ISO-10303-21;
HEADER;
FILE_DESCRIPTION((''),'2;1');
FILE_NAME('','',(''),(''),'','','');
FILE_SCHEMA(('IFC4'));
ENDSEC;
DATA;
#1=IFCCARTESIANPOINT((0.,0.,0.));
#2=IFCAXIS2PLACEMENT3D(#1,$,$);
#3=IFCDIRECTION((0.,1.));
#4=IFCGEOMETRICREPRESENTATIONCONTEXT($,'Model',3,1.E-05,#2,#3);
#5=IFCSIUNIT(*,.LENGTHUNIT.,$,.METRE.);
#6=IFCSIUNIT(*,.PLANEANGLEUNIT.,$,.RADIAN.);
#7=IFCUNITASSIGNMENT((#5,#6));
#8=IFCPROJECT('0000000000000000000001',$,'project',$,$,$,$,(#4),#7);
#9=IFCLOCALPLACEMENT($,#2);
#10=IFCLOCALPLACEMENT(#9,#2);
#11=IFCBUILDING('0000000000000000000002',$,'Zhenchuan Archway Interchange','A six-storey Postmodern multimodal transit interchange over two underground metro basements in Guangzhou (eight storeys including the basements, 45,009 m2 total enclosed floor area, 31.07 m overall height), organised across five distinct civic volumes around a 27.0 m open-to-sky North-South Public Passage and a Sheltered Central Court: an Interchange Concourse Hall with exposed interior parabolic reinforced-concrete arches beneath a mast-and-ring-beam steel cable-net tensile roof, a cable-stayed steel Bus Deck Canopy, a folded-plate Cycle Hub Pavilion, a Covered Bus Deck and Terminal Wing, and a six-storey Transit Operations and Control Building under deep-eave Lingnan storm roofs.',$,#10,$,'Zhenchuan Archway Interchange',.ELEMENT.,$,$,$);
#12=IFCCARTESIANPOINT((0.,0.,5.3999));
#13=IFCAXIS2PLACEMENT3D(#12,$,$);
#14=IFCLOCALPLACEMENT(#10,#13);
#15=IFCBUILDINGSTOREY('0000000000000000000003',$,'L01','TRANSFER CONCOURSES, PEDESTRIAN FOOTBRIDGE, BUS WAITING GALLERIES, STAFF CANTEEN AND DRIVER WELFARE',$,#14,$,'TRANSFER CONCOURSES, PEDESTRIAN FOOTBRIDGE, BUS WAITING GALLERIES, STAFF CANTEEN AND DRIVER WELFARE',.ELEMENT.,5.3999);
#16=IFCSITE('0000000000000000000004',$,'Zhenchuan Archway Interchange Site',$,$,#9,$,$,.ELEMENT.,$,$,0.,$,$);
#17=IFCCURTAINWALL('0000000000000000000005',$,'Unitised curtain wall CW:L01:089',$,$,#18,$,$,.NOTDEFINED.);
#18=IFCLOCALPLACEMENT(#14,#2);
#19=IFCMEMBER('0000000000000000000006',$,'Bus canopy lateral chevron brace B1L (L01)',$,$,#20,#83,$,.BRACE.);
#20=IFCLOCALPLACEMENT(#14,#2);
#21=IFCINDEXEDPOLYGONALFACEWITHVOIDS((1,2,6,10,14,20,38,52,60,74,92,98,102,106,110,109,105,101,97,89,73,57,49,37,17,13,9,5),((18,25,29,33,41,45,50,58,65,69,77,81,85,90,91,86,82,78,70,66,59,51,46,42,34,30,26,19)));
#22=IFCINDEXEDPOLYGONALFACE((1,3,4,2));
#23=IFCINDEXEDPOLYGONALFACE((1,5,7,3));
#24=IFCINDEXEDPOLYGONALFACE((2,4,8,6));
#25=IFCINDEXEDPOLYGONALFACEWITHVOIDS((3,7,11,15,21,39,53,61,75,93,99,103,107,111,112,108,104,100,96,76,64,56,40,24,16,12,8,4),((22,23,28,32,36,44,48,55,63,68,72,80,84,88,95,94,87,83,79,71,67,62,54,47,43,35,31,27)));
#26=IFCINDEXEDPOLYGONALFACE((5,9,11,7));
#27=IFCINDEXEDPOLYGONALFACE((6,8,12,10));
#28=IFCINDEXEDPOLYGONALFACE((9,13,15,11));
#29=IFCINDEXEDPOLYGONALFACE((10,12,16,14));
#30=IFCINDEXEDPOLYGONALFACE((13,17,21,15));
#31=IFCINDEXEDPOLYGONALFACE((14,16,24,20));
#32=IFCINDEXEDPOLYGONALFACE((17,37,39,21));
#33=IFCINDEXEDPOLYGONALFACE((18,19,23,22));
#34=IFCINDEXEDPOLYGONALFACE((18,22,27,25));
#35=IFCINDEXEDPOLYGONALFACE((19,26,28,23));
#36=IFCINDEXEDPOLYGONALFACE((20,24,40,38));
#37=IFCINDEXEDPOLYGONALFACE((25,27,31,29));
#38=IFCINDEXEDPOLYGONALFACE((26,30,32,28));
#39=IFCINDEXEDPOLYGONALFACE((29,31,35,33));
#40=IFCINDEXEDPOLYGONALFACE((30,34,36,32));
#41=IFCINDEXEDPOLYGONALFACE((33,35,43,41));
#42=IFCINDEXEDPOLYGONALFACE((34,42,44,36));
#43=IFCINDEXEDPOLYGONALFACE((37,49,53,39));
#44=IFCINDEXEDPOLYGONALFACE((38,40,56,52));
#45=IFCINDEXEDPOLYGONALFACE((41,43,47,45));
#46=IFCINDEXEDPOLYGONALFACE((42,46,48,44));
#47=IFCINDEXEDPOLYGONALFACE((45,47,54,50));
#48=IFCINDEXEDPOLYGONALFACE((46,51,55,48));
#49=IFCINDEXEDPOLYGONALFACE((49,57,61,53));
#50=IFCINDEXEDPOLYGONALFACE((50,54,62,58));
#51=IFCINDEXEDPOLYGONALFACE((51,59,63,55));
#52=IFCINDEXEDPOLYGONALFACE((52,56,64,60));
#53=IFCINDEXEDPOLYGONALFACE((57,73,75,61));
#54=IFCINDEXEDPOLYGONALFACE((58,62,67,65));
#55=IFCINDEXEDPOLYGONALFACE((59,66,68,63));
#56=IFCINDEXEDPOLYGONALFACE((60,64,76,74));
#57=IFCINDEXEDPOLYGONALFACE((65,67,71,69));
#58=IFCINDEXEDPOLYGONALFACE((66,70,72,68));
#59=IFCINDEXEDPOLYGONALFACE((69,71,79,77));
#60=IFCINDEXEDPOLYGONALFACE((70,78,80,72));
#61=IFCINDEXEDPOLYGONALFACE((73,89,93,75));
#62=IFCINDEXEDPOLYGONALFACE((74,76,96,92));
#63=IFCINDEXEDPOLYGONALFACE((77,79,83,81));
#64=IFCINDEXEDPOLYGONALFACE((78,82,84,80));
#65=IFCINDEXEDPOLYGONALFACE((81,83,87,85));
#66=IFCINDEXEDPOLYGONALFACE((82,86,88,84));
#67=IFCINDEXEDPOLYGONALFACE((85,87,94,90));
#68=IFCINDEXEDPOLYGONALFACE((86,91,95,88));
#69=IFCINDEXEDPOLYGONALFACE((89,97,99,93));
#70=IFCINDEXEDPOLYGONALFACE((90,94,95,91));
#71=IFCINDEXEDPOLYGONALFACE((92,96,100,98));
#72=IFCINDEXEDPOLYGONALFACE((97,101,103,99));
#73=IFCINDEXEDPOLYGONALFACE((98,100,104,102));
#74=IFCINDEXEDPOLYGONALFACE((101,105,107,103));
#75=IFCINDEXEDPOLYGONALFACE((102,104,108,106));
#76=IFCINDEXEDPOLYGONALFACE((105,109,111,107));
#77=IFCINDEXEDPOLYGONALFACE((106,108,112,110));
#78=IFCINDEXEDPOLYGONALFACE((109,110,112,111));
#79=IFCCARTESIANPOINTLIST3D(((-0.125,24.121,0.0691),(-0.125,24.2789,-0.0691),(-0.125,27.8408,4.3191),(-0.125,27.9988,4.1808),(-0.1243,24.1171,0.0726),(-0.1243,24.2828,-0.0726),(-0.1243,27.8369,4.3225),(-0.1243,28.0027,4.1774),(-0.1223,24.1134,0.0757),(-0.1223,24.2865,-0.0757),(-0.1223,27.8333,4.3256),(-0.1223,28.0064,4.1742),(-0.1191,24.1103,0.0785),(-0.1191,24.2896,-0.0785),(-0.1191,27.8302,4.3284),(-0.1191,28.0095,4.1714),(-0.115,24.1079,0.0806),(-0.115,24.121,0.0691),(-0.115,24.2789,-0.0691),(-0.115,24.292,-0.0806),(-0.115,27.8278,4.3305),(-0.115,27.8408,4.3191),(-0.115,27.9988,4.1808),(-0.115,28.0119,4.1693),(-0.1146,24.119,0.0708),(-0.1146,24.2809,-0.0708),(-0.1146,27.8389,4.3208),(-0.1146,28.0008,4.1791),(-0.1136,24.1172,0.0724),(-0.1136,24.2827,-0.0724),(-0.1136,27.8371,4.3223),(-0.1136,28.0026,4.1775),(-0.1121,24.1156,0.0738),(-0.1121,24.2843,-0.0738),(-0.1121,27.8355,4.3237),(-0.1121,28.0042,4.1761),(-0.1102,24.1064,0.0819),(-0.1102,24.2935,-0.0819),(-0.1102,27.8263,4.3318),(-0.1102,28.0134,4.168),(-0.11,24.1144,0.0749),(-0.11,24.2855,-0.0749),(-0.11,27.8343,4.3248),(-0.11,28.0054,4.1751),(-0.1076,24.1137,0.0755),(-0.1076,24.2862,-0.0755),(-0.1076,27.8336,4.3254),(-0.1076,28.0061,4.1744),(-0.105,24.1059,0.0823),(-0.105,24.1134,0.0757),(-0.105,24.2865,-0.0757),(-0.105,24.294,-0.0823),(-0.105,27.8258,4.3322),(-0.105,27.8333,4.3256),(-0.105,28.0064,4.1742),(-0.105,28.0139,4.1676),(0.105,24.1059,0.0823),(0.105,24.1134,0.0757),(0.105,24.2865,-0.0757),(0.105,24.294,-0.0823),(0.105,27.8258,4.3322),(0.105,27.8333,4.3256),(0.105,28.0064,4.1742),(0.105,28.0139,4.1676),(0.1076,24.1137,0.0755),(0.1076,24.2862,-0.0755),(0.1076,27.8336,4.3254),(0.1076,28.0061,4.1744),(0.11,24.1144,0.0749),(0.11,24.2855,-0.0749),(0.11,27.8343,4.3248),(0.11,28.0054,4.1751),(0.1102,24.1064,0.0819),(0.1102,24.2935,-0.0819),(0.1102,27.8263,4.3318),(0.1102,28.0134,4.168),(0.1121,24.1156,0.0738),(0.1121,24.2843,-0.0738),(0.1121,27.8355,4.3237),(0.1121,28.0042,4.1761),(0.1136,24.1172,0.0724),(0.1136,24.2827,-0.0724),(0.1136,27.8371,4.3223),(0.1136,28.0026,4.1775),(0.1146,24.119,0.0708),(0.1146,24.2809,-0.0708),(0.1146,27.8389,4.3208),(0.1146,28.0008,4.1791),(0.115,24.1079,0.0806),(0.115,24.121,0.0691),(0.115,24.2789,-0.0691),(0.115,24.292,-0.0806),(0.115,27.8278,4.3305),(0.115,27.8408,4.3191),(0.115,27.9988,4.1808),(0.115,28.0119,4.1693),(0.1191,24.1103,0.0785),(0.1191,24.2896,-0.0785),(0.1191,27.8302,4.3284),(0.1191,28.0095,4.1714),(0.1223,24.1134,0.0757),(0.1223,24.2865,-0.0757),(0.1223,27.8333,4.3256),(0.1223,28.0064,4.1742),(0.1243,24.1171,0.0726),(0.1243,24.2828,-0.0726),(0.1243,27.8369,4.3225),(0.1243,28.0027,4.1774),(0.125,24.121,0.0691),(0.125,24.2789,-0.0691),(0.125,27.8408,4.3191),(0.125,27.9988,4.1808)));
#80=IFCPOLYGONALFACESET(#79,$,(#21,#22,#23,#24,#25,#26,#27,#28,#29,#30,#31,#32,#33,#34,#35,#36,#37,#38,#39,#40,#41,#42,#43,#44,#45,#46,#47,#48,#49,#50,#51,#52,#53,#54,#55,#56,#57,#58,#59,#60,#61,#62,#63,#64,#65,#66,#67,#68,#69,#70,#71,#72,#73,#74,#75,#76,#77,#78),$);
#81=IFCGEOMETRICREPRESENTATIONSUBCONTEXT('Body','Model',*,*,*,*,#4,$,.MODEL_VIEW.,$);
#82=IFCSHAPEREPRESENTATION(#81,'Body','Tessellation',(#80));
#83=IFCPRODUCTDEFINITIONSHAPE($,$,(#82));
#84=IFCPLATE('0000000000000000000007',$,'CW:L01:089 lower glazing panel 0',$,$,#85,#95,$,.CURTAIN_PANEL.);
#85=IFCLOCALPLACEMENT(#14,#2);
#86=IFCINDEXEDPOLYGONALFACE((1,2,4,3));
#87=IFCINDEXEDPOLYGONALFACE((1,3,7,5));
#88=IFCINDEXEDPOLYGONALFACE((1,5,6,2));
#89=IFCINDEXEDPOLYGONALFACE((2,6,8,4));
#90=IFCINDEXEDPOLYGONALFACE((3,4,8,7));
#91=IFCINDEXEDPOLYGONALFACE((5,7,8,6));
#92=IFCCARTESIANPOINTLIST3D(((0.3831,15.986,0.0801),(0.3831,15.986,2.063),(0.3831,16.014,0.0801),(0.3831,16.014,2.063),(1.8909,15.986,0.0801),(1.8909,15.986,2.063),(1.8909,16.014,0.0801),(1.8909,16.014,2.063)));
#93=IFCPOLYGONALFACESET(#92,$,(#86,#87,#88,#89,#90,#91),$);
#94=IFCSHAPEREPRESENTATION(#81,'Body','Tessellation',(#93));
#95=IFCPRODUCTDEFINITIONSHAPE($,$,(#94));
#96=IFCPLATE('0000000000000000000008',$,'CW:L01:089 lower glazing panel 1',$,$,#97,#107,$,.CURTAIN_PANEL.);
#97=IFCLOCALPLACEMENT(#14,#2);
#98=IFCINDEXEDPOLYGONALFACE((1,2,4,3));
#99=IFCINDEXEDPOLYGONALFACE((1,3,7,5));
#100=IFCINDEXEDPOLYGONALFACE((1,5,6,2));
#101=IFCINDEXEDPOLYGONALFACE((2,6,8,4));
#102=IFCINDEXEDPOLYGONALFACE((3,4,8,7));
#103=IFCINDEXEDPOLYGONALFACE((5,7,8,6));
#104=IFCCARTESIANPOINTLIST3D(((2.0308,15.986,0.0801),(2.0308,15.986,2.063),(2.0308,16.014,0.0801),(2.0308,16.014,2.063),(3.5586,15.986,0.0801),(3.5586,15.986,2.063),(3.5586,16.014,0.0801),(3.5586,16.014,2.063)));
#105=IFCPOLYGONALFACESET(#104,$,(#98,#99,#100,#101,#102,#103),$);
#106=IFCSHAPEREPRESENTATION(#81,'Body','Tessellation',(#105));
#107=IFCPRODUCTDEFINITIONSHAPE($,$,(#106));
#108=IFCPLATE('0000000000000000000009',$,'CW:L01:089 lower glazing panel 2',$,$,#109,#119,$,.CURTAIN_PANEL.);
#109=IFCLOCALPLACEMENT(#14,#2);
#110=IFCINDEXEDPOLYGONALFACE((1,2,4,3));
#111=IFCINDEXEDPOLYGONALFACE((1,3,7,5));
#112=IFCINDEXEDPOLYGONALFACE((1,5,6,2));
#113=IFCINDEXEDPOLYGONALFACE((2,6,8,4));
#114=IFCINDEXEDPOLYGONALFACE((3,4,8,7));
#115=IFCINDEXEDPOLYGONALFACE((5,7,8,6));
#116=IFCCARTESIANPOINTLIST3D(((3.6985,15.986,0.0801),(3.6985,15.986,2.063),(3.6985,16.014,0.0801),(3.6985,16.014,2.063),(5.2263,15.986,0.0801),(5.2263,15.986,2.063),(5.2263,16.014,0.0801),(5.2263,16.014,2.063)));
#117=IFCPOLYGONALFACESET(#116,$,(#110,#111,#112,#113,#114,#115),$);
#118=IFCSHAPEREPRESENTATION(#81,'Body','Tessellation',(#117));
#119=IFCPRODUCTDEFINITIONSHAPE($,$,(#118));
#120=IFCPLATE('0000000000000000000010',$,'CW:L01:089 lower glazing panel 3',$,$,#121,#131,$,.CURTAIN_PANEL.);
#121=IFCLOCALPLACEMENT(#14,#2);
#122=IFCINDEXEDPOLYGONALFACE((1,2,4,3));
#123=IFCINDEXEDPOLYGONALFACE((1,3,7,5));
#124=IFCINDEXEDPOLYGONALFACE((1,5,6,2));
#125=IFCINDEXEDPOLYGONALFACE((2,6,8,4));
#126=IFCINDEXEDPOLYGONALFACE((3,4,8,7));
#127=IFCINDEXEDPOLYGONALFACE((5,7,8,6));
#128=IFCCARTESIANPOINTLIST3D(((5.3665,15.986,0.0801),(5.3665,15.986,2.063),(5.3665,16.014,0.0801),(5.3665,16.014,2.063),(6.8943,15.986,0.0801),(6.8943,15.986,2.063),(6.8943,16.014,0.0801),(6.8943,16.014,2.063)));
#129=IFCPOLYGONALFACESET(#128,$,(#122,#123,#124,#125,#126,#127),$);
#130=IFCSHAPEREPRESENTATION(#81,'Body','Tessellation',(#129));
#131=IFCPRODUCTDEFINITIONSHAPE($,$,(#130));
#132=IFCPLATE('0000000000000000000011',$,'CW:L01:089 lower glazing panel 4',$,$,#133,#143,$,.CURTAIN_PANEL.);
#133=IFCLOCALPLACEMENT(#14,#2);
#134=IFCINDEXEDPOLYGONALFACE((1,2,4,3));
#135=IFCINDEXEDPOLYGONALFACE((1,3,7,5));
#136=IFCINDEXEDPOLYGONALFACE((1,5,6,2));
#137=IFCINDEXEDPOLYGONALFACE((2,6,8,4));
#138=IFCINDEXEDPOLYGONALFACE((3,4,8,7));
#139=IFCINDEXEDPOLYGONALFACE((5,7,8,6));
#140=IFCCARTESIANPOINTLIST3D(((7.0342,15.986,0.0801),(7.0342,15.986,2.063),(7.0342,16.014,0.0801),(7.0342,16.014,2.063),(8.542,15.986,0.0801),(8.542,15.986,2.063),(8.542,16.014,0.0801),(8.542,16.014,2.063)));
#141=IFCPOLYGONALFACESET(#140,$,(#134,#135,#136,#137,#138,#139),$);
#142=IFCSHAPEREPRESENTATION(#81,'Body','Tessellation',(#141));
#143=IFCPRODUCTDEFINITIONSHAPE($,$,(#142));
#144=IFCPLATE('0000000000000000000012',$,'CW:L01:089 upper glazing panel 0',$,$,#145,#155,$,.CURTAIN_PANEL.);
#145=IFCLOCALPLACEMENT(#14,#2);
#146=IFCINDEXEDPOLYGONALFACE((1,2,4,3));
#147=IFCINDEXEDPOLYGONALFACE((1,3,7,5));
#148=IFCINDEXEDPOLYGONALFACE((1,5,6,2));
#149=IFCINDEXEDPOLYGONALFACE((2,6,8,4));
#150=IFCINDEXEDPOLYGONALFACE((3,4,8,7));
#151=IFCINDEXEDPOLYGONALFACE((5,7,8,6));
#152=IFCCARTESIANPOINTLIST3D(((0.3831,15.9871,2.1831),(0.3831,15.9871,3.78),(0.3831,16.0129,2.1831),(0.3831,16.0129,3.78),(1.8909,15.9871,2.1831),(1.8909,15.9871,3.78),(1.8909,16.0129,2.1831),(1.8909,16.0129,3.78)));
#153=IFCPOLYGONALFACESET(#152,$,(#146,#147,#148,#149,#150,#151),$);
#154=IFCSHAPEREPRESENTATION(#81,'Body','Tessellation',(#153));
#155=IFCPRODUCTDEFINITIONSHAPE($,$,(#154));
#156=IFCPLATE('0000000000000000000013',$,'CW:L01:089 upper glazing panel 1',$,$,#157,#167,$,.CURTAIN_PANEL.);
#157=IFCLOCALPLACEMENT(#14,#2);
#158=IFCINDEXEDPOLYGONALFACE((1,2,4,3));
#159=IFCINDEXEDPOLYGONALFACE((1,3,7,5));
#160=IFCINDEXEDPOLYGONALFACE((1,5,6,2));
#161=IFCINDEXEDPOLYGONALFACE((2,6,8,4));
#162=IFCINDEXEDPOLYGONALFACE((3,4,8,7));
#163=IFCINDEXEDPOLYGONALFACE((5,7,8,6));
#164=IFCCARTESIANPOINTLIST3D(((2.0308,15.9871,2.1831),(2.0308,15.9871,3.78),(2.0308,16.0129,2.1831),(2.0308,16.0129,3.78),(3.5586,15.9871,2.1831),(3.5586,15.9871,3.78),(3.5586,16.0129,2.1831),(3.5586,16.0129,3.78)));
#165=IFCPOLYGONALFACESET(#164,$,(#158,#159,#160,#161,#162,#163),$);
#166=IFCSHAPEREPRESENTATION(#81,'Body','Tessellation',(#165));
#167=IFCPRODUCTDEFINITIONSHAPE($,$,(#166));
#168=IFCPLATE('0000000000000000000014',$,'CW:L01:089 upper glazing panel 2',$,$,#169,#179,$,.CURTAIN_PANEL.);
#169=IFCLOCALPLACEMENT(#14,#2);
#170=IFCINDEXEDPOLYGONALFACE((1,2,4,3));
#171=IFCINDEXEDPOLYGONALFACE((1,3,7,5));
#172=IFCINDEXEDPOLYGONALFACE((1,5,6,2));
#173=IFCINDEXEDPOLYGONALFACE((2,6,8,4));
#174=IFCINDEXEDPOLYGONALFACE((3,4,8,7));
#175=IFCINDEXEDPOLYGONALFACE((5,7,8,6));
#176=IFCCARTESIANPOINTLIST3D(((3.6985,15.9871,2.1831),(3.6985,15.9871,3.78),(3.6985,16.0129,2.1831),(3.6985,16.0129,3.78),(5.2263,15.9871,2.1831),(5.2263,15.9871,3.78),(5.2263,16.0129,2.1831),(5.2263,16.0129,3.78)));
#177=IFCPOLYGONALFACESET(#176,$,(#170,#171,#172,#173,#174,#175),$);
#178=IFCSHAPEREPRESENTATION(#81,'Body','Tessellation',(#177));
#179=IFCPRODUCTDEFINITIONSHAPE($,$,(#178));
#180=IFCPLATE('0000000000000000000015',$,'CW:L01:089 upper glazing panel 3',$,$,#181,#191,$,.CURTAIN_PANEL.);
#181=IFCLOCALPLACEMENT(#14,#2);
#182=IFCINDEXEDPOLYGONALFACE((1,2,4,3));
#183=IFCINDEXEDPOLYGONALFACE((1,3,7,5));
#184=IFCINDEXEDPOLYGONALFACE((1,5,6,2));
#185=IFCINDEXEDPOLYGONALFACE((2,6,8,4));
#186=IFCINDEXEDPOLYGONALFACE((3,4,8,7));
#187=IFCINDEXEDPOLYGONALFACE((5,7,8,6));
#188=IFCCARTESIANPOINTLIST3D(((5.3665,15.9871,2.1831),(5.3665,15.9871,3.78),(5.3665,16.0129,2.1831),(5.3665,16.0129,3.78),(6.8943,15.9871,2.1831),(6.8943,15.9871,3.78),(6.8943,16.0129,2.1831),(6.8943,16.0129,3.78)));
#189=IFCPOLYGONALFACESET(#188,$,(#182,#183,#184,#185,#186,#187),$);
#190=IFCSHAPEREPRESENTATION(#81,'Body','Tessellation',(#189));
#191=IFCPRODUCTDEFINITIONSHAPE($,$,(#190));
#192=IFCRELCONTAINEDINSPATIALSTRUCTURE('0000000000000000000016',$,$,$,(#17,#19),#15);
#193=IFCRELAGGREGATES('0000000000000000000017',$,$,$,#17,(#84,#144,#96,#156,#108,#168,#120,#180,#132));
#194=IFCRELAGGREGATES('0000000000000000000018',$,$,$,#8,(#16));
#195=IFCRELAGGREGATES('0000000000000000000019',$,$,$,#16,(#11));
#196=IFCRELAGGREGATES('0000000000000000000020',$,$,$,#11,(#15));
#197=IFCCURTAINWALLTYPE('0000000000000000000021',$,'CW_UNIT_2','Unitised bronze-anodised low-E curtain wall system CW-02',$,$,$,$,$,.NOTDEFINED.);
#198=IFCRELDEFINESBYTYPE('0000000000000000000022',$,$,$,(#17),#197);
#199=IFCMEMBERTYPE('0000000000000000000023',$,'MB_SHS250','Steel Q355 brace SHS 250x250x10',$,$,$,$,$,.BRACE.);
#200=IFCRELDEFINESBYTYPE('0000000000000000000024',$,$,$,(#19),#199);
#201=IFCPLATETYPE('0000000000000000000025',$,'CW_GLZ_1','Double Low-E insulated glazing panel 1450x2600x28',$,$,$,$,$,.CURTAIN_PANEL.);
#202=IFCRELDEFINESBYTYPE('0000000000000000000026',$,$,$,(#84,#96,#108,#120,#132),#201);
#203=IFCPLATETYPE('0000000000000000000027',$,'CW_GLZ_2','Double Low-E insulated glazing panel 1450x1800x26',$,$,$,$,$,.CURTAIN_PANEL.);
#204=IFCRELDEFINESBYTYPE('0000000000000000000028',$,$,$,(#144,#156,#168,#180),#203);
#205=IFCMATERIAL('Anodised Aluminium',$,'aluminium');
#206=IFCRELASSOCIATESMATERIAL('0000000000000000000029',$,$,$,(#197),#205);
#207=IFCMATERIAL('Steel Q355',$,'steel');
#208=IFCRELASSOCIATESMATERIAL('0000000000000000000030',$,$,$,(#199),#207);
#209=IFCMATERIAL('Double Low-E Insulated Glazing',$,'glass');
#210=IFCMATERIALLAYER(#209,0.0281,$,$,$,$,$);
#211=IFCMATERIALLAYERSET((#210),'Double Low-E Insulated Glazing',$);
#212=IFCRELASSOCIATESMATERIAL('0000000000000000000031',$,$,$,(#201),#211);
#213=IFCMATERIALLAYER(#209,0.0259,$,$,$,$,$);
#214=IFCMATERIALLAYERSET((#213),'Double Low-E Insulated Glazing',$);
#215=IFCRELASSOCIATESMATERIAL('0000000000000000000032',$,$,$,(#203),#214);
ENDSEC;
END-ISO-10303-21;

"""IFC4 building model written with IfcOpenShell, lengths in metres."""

from ifc_helpers import new_model, si_unit, direction, frame, origin, origin_2d, place, context, subcontext, project, spatial, rectangle, hollow_rectangle, extrude, material, layer, layer_set, material_profile, profile_set, type_object, element, aggregate, save


model = new_model("IFC4")

# Units and contexts
model_context = context("Model", 3, precision=1e-05, world=origin(), true_north=direction((0.0, 1.0)))
body_context = subcontext(model_context, "Body", "Model", "MODEL_VIEW")
ifc_project = project(units=[si_unit("LENGTHUNIT", "METRE"), si_unit("PLANEANGLEUNIT", "RADIAN")], contexts=[model_context])

# Site, building, storey
site_placement = place(None, origin())
site = spatial("IfcSite", under=ifc_project, at=site_placement, Name="Zhenchuan Archway Interchange Site", CompositionType="ELEMENT", RefElevation=0.0)
building_placement = place(site_placement, origin())
building = spatial("IfcBuilding", under=site, at=building_placement, Name="Zhenchuan Archway Interchange", Description="A six-storey Postmodern multimodal transit interchange over two underground metro basements in Guangzhou (eight storeys including the basements, 45,009 m2 total enclosed floor area, 31.07 m overall height), organised across five distinct civic volumes around a 27.0 m open-to-sky North-South Public Passage and a Sheltered Central Court: an Interchange Concourse Hall with exposed interior parabolic reinforced-concrete arches beneath a mast-and-ring-beam steel cable-net tensile roof, a cable-stayed steel Bus Deck Canopy, a folded-plate Cycle Hub Pavilion, a Covered Bus Deck and Terminal Wing, and a six-storey Transit Operations and Control Building under deep-eave Lingnan storm roofs.", LongName="Zhenchuan Archway Interchange", CompositionType="ELEMENT")
storey_placement = place(building_placement, frame((0.0, 0.0, 5.3999)))
storey = spatial("IfcBuildingStorey", under=building, at=storey_placement, Name="L01", Description="TRANSFER CONCOURSES, PEDESTRIAN FOOTBRIDGE, BUS WAITING GALLERIES, STAFF CANTEEN AND DRIVER WELFARE", LongName="TRANSFER CONCOURSES, PEDESTRIAN FOOTBRIDGE, BUS WAITING GALLERIES, STAFF CANTEEN AND DRIVER WELFARE", CompositionType="ELEMENT", Elevation=5.3999)

# Curtain wall
ifc_material_1 = material(Name="Anodised Aluminium", Category="aluminium")
curtain_wall_type = type_object("IfcCurtainWallType", Name="CW_UNIT_2", Description="Unitised bronze-anodised low-E curtain wall system CW-02", PredefinedType="NOTDEFINED", material=ifc_material_1)
curtain_wall_placement = place(storey_placement, origin())
curtain_wall = element("IfcCurtainWall", 1, at=curtain_wall_placement, inside=storey, type_object=curtain_wall_type, Name="Unitised curtain wall CW:L01:089", PredefinedType="NOTDEFINED")

# Member
ifc_material_2 = material(Name="Steel Q355", Category="steel")
ifc_material_profile_1 = material_profile(ifc_material_2, hollow_rectangle(XDim=0.25, YDim=0.25, WallThickness=0.01, InnerFilletRadius=0.01, OuterFilletRadius=0.02, at=origin_2d()), Name="SHS 250x250x10")
ifc_profile_set_1 = profile_set([ifc_material_profile_1], Name="Steel Q355")
member_type_1 = type_object("IfcMemberType", Name="MB_SHS250", Description="Steel Q355 brace SHS 250x250x10", PredefinedType="BRACE", material=ifc_profile_set_1)
member_1_placement = place(storey_placement, frame((0.0, 24.2, 0.0), z_axis=(0.0, 0.658627, 0.75247), x_axis=(-1.0, 0.0, 0.0)))
element("IfcMember", 2, at=member_1_placement, inside=storey, type_object=member_type_1, Name="Bus canopy lateral chevron brace B1L (L01)", PredefinedType="BRACE", context=body_context, shape_type="SweptSolid", body=[
    extrude(hollow_rectangle(XDim=0.25, YDim=0.25, WallThickness=0.01, InnerFilletRadius=0.01, OuterFilletRadius=0.02, at=origin_2d()), origin(), (0.0, 0.0, 1.0), 5.6479),
])

# Plates
ifc_material_3 = material(Name="Double Low-E Insulated Glazing", Category="glass")
ifc_layer_1 = layer(ifc_material_3, 0.0281)
ifc_layer_set_1 = layer_set([ifc_layer_1], Name="Double Low-E Insulated Glazing")
plate_type_1 = type_object("IfcPlateType", Name="CW_GLZ_1", Description="Double Low-E insulated glazing panel 1450x2600x28", PredefinedType="CURTAIN_PANEL", material=ifc_layer_set_1)
plate_1_placement = place(storey_placement, frame((1.137, 16.0, 0.0801), z_axis=(0.0, 0.0, 1.0), x_axis=(1.0, 0.0, 0.0)))
plate_1 = element("IfcPlate", 3, at=plate_1_placement, type_object=plate_type_1, Name="CW:L01:089 lower glazing panel 0", PredefinedType="CURTAIN_PANEL", context=body_context, shape_type="SweptSolid", body=[
    extrude(rectangle(XDim=1.5078, YDim=0.0281, at=origin_2d()), origin(), (0.0, 0.0, 1.0), 1.9829),
])
plate_2_placement = place(storey_placement, frame((2.7947, 16.0, 0.0801), z_axis=(0.0, 0.0, 1.0), x_axis=(1.0, 0.0, 0.0)))
plate_2 = element("IfcPlate", 4, at=plate_2_placement, type_object=plate_type_1, Name="CW:L01:089 lower glazing panel 1", PredefinedType="CURTAIN_PANEL", context=body_context, shape_type="SweptSolid", body=[
    extrude(rectangle(XDim=1.5278, YDim=0.0281, at=origin_2d()), origin(), (0.0, 0.0, 1.0), 1.9829),
])
plate_3_placement = place(storey_placement, frame((4.4624, 16.0, 0.0801), z_axis=(0.0, 0.0, 1.0), x_axis=(1.0, 0.0, 0.0)))
plate_3 = element("IfcPlate", 5, at=plate_3_placement, type_object=plate_type_1, Name="CW:L01:089 lower glazing panel 2", PredefinedType="CURTAIN_PANEL", context=body_context, shape_type="SweptSolid", body=[
    extrude(rectangle(XDim=1.5278, YDim=0.0281, at=origin_2d()), origin(), (0.0, 0.0, 1.0), 1.9829),
])
plate_4_placement = place(storey_placement, frame((6.1304, 16.0, 0.0801), z_axis=(0.0, 0.0, 1.0), x_axis=(1.0, 0.0, 0.0)))
plate_4 = element("IfcPlate", 6, at=plate_4_placement, type_object=plate_type_1, Name="CW:L01:089 lower glazing panel 3", PredefinedType="CURTAIN_PANEL", context=body_context, shape_type="SweptSolid", body=[
    extrude(rectangle(XDim=1.5278, YDim=0.0281, at=origin_2d()), origin(), (0.0, 0.0, 1.0), 1.9829),
])
plate_5_placement = place(storey_placement, frame((7.7881, 16.0, 0.0801), z_axis=(0.0, 0.0, 1.0), x_axis=(1.0, 0.0, 0.0)))
plate_5 = element("IfcPlate", 7, at=plate_5_placement, type_object=plate_type_1, Name="CW:L01:089 lower glazing panel 4", PredefinedType="CURTAIN_PANEL", context=body_context, shape_type="SweptSolid", body=[
    extrude(rectangle(XDim=1.5078, YDim=0.0281, at=origin_2d()), origin(), (0.0, 0.0, 1.0), 1.9829),
])
ifc_layer_2 = layer(ifc_material_3, 0.0259)
ifc_layer_set_2 = layer_set([ifc_layer_2], Name="Double Low-E Insulated Glazing")
plate_type_2 = type_object("IfcPlateType", Name="CW_GLZ_2", Description="Double Low-E insulated glazing panel 1450x1800x26", PredefinedType="CURTAIN_PANEL", material=ifc_layer_set_2)
plate_6_placement = place(storey_placement, frame((1.137, 16.0, 2.1831), z_axis=(0.0, 0.0, 1.0), x_axis=(1.0, 0.0, 0.0)))
plate_6 = element("IfcPlate", 8, at=plate_6_placement, type_object=plate_type_2, Name="CW:L01:089 upper glazing panel 0", PredefinedType="CURTAIN_PANEL", context=body_context, shape_type="SweptSolid", body=[
    extrude(rectangle(XDim=1.5078, YDim=0.0259, at=origin_2d()), origin(), (0.0, 0.0, 1.0), 1.5969),
])
plate_7_placement = place(storey_placement, frame((2.7947, 16.0, 2.1831), z_axis=(0.0, 0.0, 1.0), x_axis=(1.0, 0.0, 0.0)))
plate_7 = element("IfcPlate", 9, at=plate_7_placement, type_object=plate_type_2, Name="CW:L01:089 upper glazing panel 1", PredefinedType="CURTAIN_PANEL", context=body_context, shape_type="SweptSolid", body=[
    extrude(rectangle(XDim=1.5278, YDim=0.0259, at=origin_2d()), origin(), (0.0, 0.0, 1.0), 1.5969),
])
plate_8_placement = place(storey_placement, frame((4.4624, 16.0, 2.1831), z_axis=(0.0, 0.0, 1.0), x_axis=(1.0, 0.0, 0.0)))
plate_8 = element("IfcPlate", 10, at=plate_8_placement, type_object=plate_type_2, Name="CW:L01:089 upper glazing panel 2", PredefinedType="CURTAIN_PANEL", context=body_context, shape_type="SweptSolid", body=[
    extrude(rectangle(XDim=1.5278, YDim=0.0259, at=origin_2d()), origin(), (0.0, 0.0, 1.0), 1.5969),
])
plate_9_placement = place(storey_placement, frame((6.1304, 16.0, 2.1831), z_axis=(0.0, 0.0, 1.0), x_axis=(1.0, 0.0, 0.0)))
plate_9 = element("IfcPlate", 11, at=plate_9_placement, type_object=plate_type_2, Name="CW:L01:089 upper glazing panel 3", PredefinedType="CURTAIN_PANEL", context=body_context, shape_type="SweptSolid", body=[
    extrude(rectangle(XDim=1.5278, YDim=0.0259, at=origin_2d()), origin(), (0.0, 0.0, 1.0), 1.5969),
])
aggregate(curtain_wall, [plate_1, plate_6, plate_2, plate_7, plate_3, plate_8, plate_4, plate_9, plate_5])

save(model, "model.ifc")
